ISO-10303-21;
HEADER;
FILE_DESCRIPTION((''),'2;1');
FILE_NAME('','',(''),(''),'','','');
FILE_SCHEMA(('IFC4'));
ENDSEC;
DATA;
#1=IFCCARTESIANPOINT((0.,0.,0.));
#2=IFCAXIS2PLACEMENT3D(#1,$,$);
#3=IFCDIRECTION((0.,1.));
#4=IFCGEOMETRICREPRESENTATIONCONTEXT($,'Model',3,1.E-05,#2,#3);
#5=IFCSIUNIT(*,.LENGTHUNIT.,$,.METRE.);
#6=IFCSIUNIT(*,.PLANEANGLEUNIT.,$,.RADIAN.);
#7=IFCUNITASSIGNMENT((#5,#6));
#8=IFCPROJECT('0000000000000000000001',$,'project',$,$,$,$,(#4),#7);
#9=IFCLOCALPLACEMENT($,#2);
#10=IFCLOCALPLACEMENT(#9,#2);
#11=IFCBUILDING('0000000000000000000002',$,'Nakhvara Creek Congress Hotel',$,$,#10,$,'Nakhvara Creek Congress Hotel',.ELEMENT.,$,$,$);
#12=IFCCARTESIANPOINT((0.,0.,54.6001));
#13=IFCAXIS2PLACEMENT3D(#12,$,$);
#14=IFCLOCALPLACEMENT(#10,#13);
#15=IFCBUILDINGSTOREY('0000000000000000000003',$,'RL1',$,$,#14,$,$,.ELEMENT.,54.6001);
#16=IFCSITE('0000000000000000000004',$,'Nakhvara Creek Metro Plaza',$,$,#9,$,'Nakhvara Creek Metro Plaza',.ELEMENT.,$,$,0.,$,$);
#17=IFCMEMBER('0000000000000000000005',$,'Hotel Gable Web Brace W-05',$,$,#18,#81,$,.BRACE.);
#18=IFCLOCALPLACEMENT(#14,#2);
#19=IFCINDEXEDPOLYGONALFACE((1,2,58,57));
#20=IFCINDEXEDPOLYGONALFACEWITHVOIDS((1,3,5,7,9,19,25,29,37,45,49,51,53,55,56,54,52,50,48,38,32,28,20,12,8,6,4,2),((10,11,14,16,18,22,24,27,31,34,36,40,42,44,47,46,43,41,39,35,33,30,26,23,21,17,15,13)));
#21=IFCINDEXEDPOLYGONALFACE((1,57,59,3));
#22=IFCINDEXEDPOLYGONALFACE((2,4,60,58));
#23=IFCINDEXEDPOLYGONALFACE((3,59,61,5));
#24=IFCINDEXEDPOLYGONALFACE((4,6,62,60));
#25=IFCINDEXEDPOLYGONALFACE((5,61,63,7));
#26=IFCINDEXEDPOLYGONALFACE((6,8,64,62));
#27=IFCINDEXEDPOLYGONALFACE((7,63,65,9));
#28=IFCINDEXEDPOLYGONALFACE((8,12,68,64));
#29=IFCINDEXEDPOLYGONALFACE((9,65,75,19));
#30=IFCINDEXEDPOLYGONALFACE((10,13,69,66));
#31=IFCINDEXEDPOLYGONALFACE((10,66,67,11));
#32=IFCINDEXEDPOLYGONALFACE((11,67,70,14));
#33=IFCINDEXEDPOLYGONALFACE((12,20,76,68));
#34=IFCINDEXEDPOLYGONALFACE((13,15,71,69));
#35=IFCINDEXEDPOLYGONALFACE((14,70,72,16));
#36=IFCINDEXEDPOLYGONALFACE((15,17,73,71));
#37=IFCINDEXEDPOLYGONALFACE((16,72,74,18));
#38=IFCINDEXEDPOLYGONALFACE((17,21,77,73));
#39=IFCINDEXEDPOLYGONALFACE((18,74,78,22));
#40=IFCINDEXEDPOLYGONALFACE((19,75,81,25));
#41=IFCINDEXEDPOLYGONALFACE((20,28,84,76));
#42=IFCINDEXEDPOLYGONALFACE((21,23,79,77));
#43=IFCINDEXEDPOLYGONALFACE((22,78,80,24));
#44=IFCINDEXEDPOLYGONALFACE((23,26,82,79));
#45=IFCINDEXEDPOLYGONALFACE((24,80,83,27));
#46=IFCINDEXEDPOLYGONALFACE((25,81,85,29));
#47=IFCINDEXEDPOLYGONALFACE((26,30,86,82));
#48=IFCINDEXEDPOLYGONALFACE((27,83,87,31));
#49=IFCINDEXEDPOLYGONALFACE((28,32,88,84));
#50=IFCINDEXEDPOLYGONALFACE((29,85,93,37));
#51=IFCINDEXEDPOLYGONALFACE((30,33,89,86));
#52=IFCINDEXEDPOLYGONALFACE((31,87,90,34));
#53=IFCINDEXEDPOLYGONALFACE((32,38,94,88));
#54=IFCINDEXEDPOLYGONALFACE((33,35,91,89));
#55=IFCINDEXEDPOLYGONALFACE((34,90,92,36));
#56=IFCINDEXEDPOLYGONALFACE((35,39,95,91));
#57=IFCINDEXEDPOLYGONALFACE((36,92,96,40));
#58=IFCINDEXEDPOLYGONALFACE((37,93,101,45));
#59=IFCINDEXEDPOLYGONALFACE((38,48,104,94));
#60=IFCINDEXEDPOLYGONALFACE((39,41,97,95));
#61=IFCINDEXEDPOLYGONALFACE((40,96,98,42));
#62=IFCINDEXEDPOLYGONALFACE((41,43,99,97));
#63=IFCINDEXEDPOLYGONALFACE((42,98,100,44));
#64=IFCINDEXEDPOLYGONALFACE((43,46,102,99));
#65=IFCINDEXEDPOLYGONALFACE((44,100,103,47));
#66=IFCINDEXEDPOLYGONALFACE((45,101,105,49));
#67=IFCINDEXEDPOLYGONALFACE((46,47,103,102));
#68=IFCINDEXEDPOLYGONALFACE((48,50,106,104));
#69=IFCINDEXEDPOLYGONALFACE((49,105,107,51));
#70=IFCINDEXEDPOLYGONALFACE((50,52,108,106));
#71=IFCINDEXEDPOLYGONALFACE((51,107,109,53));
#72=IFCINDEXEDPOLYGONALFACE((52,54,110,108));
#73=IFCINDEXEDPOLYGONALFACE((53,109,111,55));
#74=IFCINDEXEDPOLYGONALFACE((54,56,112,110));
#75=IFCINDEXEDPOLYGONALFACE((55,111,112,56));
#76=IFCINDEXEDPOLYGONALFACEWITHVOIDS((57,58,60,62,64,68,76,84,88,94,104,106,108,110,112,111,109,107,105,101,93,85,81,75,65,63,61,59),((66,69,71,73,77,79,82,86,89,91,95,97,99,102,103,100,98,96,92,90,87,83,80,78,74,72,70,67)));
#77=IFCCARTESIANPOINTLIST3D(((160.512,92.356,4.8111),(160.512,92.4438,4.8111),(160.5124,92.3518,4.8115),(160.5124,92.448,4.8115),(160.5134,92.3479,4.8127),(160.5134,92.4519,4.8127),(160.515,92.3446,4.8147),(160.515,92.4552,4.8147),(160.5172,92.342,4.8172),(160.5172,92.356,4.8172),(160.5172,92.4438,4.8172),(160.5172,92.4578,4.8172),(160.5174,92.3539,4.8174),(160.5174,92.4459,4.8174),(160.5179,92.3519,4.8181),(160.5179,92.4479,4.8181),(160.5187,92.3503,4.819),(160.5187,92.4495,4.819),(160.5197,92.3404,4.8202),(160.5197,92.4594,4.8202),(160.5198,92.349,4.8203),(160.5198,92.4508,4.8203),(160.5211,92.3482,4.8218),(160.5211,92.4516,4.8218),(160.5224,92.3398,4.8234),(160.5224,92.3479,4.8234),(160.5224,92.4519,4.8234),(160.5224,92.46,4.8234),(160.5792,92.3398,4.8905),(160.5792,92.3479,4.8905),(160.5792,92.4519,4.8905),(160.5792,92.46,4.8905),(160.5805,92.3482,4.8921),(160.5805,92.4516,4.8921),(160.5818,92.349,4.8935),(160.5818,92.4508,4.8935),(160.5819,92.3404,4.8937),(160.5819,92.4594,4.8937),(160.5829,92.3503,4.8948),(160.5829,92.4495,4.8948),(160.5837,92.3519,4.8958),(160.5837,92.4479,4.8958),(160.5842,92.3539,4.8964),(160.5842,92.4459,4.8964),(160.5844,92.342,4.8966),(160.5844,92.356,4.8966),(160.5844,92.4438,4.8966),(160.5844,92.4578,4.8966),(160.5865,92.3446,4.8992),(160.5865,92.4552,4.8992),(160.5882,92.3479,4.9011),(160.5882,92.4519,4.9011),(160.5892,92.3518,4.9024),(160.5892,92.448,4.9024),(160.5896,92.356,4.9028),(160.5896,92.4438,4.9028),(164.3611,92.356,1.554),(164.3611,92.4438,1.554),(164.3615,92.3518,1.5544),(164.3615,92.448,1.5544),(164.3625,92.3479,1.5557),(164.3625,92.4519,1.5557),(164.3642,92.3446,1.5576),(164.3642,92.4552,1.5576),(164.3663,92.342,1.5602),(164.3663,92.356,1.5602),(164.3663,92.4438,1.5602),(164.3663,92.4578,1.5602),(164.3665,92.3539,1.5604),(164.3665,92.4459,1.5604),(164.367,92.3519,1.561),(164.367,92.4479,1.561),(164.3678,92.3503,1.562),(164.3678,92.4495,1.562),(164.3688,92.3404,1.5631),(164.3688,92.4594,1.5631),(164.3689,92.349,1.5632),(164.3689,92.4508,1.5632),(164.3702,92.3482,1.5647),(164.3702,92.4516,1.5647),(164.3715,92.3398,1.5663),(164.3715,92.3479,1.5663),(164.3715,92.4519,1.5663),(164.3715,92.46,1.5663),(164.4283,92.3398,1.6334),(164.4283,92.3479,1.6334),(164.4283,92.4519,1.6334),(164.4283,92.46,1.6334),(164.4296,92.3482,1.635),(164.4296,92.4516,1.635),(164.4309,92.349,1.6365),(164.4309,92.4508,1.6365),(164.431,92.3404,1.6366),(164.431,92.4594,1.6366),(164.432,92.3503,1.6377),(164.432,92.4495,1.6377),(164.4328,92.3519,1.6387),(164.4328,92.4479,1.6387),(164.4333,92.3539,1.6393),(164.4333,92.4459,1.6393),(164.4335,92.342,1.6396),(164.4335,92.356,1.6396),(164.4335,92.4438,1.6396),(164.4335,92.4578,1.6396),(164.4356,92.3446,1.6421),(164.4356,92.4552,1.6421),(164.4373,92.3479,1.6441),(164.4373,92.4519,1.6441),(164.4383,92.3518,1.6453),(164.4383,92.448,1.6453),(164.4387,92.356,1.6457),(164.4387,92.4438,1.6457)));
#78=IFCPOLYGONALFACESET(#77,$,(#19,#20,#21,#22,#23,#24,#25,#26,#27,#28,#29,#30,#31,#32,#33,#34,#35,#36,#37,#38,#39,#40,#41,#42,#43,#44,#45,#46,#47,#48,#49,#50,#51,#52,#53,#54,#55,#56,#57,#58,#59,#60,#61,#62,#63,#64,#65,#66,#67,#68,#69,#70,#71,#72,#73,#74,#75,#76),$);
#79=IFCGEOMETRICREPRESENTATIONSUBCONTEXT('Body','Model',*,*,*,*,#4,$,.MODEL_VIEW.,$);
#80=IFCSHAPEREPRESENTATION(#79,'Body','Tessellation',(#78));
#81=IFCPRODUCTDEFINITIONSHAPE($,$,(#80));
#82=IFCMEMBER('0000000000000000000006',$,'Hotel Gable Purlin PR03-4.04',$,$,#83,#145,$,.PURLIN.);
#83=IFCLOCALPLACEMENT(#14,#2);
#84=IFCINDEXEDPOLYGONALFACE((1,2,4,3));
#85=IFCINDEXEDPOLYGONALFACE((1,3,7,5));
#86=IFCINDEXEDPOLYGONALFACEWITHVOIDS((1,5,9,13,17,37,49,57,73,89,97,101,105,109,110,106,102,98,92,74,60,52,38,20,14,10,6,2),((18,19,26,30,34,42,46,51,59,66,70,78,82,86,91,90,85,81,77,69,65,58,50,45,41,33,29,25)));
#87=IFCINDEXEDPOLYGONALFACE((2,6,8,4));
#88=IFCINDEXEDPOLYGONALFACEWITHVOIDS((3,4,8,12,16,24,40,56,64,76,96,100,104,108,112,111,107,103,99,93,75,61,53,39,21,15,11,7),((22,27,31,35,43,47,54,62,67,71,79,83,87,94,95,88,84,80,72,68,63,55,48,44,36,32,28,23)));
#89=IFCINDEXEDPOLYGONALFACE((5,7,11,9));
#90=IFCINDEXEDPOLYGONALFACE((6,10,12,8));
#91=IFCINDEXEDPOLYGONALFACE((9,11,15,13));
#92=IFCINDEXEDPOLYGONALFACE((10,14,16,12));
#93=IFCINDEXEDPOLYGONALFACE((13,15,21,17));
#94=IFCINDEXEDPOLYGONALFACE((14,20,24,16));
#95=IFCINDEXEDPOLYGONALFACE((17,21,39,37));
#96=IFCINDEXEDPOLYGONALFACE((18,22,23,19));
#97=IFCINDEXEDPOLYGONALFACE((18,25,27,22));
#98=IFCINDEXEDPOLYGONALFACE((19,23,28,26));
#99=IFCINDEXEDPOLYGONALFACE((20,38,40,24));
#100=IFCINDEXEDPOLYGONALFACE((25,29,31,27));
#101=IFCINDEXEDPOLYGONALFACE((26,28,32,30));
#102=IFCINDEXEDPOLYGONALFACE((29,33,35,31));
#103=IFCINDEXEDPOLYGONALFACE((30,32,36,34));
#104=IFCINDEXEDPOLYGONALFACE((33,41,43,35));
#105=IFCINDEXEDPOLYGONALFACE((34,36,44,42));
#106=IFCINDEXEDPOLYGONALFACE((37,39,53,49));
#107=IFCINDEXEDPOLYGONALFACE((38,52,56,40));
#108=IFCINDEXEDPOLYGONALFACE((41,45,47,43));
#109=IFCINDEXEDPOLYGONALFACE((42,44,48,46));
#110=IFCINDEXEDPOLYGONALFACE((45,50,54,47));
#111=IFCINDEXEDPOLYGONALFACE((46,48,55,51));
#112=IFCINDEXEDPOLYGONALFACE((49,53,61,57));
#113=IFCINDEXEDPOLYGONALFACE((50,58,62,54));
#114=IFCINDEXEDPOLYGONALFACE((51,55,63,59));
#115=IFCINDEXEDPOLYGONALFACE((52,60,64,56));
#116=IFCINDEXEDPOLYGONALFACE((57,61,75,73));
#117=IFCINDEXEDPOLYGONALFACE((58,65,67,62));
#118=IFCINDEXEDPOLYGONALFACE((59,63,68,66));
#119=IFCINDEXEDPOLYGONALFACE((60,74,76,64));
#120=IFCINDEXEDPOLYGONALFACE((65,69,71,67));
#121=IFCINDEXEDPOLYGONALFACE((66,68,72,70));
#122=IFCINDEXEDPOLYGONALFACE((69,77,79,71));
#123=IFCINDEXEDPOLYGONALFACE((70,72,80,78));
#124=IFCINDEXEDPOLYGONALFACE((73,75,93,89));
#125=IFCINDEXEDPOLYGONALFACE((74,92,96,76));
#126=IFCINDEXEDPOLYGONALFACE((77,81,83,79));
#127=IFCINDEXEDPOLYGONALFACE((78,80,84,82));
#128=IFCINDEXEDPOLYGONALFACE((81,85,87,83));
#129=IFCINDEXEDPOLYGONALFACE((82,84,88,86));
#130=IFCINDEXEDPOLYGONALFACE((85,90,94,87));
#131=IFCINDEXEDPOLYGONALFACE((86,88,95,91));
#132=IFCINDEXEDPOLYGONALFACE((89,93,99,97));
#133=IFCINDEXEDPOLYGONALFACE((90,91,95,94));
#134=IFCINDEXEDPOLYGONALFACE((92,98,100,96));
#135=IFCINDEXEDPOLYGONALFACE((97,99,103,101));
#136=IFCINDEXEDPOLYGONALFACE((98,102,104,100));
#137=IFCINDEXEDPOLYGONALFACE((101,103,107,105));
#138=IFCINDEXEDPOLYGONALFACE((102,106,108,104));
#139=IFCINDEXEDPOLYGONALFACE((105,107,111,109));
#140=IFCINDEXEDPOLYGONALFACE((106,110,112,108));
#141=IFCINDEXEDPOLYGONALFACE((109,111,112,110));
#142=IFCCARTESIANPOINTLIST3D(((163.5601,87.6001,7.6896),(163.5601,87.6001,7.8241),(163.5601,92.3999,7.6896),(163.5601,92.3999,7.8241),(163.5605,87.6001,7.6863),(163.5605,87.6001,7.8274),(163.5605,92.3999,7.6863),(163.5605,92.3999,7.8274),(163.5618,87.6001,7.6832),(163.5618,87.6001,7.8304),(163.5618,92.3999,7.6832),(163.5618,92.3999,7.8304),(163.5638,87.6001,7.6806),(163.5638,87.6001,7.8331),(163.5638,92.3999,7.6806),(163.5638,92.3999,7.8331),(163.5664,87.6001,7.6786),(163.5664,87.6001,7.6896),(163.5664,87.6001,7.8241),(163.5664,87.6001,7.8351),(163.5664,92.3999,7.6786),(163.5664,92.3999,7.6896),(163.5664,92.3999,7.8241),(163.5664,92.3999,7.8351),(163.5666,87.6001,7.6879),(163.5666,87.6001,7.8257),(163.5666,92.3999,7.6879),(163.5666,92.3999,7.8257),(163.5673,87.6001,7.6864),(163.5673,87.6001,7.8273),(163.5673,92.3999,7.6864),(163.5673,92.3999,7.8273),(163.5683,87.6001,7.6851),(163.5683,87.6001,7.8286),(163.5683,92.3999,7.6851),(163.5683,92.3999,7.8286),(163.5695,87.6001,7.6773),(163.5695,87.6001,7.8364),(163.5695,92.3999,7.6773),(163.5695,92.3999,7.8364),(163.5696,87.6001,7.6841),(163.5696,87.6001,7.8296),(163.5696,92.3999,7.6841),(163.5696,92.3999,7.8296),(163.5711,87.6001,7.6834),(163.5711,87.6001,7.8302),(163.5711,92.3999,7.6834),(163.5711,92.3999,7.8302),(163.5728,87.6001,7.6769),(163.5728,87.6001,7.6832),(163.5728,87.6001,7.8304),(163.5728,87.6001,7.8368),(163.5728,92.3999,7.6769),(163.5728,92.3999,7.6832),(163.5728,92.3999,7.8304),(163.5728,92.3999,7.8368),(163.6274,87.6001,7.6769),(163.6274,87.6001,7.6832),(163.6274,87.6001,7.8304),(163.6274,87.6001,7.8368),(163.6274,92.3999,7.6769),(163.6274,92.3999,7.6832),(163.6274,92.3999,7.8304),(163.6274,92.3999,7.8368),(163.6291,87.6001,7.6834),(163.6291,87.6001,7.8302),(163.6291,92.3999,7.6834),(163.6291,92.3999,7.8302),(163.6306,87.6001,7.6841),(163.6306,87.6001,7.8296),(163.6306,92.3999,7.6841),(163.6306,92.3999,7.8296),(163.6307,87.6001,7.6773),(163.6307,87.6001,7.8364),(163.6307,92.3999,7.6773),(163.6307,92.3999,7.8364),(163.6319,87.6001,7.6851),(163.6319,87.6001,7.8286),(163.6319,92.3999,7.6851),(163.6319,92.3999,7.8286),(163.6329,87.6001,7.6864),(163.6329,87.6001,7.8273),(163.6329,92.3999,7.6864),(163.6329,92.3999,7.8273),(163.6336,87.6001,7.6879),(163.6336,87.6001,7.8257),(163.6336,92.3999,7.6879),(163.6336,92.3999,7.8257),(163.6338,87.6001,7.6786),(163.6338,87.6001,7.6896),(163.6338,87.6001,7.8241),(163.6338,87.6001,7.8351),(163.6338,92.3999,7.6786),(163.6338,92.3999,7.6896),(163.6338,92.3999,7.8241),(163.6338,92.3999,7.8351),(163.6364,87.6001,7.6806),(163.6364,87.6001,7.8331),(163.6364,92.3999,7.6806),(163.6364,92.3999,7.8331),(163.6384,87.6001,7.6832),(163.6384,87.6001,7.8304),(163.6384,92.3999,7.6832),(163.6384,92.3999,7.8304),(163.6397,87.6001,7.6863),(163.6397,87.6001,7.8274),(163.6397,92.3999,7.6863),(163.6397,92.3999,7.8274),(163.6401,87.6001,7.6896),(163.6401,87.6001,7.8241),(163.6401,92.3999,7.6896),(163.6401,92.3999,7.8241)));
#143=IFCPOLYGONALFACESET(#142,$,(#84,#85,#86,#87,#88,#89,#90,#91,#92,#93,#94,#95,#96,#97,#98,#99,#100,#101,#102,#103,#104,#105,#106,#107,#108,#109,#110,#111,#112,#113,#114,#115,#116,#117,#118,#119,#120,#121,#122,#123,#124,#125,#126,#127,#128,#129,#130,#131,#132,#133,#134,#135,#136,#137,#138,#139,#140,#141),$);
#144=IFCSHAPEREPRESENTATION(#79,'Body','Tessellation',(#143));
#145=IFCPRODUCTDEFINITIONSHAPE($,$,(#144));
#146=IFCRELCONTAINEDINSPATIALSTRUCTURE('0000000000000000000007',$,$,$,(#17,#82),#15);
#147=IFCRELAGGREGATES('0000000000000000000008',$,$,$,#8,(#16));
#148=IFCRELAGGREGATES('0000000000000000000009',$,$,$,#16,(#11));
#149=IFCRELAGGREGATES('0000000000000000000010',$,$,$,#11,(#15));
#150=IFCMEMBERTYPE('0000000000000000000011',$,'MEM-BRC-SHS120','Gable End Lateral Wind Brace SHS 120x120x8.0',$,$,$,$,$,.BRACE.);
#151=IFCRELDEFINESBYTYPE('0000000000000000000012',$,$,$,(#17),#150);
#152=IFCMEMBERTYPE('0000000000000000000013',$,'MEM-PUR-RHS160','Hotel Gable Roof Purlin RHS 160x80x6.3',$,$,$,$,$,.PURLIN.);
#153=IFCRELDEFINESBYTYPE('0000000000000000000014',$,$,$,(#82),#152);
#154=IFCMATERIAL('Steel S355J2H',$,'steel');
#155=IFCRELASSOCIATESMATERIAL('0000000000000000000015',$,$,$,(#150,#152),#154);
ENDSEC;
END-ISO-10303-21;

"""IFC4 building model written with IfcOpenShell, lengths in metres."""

from ifc_helpers import new_model, si_unit, direction, frame, origin, origin_2d, place, context, subcontext, project, spatial, hollow_rectangle, extrude, material, material_profile, profile_set, type_object, element, save


model = new_model("IFC4")

# Units and contexts
model_context = context("Model", 3, precision=1e-05, world=origin(), true_north=direction((0.0, 1.0)))
body_context = subcontext(model_context, "Body", "Model", "MODEL_VIEW")
ifc_project = project(units=[si_unit("LENGTHUNIT", "METRE"), si_unit("PLANEANGLEUNIT", "RADIAN")], contexts=[model_context])

# Site, building, storey
site_placement = place(None, origin())
site = spatial("IfcSite", under=ifc_project, at=site_placement, Name="Nakhvara Creek Metro Plaza", LongName="Nakhvara Creek Metro Plaza", CompositionType="ELEMENT", RefElevation=0.0)
building_placement = place(site_placement, origin())
building = spatial("IfcBuilding", under=site, at=building_placement, Name="Nakhvara Creek Congress Hotel", LongName="Nakhvara Creek Congress Hotel", CompositionType="ELEMENT")
storey_placement = place(building_placement, frame((0.0, 0.0, 54.6001)))
storey = spatial("IfcBuildingStorey", under=building, at=storey_placement, Name="RL1", CompositionType="ELEMENT", Elevation=54.6001)

# Members
ifc_material_1 = material(Name="Steel S355J2H", Category="steel")
ifc_material_profile_1 = material_profile(ifc_material_1, hollow_rectangle(XDim=0.1201, YDim=0.1201, WallThickness=0.0081, InnerFilletRadius=0.0081, OuterFilletRadius=0.0161, at=origin_2d()), Name="SHS 120x120x8.0", Category="LoadBearing")
ifc_profile_set_1 = profile_set([ifc_material_profile_1], Name="Steel S355J2H")
member_type_1 = type_object("IfcMemberType", Name="MEM-BRC-SHS120", Description="Gable End Lateral Wind Brace SHS 120x120x8.0", PredefinedType="BRACE", material=ifc_profile_set_1)
member_1_placement = place(storey_placement, frame((164.3999, 92.3999, 1.5999), z_axis=(-0.763373, 0.0, 0.645957), x_axis=(0.0, -1.0, 0.0)))
element("IfcMember", 1, at=member_1_placement, inside=storey, type_object=member_type_1, Name="Hotel Gable Web Brace W-05", PredefinedType="BRACE", context=body_context, shape_type="SweptSolid", body=[
    extrude(hollow_rectangle(XDim=0.1201, YDim=0.1201, WallThickness=0.0081, InnerFilletRadius=0.0081, OuterFilletRadius=0.0161, at=origin_2d()), origin(), (0.0, 0.0, 1.0), 5.0422),
])
ifc_material_profile_2 = material_profile(ifc_material_1, hollow_rectangle(XDim=0.0801, YDim=0.1599, WallThickness=0.0063, InnerFilletRadius=0.0063, OuterFilletRadius=0.0127, at=origin_2d()), Name="RHS 160x80x6.3", Category="LoadBearing")
ifc_profile_set_2 = profile_set([ifc_material_profile_2], Name="Steel S355J2H")
member_type_2 = type_object("IfcMemberType", Name="MEM-PUR-RHS160", Description="Hotel Gable Roof Purlin RHS 160x80x6.3", PredefinedType="PURLIN", material=ifc_profile_set_2)
member_2_placement = place(storey_placement, frame((163.6001, 87.6001, 7.7568), z_axis=(0.0, 1.0, 0.0), x_axis=(-1.0, 0.0, 0.0)))
element("IfcMember", 2, at=member_2_placement, inside=storey, type_object=member_type_2, Name="Hotel Gable Purlin PR03-4.04", PredefinedType="PURLIN", context=body_context, shape_type="SweptSolid", body=[
    extrude(hollow_rectangle(XDim=0.0801, YDim=0.1599, WallThickness=0.0063, InnerFilletRadius=0.0063, OuterFilletRadius=0.0127, at=origin_2d()), origin(), (0.0, 0.0, 1.0), 4.7998),
])

save(model, "model.ifc")
